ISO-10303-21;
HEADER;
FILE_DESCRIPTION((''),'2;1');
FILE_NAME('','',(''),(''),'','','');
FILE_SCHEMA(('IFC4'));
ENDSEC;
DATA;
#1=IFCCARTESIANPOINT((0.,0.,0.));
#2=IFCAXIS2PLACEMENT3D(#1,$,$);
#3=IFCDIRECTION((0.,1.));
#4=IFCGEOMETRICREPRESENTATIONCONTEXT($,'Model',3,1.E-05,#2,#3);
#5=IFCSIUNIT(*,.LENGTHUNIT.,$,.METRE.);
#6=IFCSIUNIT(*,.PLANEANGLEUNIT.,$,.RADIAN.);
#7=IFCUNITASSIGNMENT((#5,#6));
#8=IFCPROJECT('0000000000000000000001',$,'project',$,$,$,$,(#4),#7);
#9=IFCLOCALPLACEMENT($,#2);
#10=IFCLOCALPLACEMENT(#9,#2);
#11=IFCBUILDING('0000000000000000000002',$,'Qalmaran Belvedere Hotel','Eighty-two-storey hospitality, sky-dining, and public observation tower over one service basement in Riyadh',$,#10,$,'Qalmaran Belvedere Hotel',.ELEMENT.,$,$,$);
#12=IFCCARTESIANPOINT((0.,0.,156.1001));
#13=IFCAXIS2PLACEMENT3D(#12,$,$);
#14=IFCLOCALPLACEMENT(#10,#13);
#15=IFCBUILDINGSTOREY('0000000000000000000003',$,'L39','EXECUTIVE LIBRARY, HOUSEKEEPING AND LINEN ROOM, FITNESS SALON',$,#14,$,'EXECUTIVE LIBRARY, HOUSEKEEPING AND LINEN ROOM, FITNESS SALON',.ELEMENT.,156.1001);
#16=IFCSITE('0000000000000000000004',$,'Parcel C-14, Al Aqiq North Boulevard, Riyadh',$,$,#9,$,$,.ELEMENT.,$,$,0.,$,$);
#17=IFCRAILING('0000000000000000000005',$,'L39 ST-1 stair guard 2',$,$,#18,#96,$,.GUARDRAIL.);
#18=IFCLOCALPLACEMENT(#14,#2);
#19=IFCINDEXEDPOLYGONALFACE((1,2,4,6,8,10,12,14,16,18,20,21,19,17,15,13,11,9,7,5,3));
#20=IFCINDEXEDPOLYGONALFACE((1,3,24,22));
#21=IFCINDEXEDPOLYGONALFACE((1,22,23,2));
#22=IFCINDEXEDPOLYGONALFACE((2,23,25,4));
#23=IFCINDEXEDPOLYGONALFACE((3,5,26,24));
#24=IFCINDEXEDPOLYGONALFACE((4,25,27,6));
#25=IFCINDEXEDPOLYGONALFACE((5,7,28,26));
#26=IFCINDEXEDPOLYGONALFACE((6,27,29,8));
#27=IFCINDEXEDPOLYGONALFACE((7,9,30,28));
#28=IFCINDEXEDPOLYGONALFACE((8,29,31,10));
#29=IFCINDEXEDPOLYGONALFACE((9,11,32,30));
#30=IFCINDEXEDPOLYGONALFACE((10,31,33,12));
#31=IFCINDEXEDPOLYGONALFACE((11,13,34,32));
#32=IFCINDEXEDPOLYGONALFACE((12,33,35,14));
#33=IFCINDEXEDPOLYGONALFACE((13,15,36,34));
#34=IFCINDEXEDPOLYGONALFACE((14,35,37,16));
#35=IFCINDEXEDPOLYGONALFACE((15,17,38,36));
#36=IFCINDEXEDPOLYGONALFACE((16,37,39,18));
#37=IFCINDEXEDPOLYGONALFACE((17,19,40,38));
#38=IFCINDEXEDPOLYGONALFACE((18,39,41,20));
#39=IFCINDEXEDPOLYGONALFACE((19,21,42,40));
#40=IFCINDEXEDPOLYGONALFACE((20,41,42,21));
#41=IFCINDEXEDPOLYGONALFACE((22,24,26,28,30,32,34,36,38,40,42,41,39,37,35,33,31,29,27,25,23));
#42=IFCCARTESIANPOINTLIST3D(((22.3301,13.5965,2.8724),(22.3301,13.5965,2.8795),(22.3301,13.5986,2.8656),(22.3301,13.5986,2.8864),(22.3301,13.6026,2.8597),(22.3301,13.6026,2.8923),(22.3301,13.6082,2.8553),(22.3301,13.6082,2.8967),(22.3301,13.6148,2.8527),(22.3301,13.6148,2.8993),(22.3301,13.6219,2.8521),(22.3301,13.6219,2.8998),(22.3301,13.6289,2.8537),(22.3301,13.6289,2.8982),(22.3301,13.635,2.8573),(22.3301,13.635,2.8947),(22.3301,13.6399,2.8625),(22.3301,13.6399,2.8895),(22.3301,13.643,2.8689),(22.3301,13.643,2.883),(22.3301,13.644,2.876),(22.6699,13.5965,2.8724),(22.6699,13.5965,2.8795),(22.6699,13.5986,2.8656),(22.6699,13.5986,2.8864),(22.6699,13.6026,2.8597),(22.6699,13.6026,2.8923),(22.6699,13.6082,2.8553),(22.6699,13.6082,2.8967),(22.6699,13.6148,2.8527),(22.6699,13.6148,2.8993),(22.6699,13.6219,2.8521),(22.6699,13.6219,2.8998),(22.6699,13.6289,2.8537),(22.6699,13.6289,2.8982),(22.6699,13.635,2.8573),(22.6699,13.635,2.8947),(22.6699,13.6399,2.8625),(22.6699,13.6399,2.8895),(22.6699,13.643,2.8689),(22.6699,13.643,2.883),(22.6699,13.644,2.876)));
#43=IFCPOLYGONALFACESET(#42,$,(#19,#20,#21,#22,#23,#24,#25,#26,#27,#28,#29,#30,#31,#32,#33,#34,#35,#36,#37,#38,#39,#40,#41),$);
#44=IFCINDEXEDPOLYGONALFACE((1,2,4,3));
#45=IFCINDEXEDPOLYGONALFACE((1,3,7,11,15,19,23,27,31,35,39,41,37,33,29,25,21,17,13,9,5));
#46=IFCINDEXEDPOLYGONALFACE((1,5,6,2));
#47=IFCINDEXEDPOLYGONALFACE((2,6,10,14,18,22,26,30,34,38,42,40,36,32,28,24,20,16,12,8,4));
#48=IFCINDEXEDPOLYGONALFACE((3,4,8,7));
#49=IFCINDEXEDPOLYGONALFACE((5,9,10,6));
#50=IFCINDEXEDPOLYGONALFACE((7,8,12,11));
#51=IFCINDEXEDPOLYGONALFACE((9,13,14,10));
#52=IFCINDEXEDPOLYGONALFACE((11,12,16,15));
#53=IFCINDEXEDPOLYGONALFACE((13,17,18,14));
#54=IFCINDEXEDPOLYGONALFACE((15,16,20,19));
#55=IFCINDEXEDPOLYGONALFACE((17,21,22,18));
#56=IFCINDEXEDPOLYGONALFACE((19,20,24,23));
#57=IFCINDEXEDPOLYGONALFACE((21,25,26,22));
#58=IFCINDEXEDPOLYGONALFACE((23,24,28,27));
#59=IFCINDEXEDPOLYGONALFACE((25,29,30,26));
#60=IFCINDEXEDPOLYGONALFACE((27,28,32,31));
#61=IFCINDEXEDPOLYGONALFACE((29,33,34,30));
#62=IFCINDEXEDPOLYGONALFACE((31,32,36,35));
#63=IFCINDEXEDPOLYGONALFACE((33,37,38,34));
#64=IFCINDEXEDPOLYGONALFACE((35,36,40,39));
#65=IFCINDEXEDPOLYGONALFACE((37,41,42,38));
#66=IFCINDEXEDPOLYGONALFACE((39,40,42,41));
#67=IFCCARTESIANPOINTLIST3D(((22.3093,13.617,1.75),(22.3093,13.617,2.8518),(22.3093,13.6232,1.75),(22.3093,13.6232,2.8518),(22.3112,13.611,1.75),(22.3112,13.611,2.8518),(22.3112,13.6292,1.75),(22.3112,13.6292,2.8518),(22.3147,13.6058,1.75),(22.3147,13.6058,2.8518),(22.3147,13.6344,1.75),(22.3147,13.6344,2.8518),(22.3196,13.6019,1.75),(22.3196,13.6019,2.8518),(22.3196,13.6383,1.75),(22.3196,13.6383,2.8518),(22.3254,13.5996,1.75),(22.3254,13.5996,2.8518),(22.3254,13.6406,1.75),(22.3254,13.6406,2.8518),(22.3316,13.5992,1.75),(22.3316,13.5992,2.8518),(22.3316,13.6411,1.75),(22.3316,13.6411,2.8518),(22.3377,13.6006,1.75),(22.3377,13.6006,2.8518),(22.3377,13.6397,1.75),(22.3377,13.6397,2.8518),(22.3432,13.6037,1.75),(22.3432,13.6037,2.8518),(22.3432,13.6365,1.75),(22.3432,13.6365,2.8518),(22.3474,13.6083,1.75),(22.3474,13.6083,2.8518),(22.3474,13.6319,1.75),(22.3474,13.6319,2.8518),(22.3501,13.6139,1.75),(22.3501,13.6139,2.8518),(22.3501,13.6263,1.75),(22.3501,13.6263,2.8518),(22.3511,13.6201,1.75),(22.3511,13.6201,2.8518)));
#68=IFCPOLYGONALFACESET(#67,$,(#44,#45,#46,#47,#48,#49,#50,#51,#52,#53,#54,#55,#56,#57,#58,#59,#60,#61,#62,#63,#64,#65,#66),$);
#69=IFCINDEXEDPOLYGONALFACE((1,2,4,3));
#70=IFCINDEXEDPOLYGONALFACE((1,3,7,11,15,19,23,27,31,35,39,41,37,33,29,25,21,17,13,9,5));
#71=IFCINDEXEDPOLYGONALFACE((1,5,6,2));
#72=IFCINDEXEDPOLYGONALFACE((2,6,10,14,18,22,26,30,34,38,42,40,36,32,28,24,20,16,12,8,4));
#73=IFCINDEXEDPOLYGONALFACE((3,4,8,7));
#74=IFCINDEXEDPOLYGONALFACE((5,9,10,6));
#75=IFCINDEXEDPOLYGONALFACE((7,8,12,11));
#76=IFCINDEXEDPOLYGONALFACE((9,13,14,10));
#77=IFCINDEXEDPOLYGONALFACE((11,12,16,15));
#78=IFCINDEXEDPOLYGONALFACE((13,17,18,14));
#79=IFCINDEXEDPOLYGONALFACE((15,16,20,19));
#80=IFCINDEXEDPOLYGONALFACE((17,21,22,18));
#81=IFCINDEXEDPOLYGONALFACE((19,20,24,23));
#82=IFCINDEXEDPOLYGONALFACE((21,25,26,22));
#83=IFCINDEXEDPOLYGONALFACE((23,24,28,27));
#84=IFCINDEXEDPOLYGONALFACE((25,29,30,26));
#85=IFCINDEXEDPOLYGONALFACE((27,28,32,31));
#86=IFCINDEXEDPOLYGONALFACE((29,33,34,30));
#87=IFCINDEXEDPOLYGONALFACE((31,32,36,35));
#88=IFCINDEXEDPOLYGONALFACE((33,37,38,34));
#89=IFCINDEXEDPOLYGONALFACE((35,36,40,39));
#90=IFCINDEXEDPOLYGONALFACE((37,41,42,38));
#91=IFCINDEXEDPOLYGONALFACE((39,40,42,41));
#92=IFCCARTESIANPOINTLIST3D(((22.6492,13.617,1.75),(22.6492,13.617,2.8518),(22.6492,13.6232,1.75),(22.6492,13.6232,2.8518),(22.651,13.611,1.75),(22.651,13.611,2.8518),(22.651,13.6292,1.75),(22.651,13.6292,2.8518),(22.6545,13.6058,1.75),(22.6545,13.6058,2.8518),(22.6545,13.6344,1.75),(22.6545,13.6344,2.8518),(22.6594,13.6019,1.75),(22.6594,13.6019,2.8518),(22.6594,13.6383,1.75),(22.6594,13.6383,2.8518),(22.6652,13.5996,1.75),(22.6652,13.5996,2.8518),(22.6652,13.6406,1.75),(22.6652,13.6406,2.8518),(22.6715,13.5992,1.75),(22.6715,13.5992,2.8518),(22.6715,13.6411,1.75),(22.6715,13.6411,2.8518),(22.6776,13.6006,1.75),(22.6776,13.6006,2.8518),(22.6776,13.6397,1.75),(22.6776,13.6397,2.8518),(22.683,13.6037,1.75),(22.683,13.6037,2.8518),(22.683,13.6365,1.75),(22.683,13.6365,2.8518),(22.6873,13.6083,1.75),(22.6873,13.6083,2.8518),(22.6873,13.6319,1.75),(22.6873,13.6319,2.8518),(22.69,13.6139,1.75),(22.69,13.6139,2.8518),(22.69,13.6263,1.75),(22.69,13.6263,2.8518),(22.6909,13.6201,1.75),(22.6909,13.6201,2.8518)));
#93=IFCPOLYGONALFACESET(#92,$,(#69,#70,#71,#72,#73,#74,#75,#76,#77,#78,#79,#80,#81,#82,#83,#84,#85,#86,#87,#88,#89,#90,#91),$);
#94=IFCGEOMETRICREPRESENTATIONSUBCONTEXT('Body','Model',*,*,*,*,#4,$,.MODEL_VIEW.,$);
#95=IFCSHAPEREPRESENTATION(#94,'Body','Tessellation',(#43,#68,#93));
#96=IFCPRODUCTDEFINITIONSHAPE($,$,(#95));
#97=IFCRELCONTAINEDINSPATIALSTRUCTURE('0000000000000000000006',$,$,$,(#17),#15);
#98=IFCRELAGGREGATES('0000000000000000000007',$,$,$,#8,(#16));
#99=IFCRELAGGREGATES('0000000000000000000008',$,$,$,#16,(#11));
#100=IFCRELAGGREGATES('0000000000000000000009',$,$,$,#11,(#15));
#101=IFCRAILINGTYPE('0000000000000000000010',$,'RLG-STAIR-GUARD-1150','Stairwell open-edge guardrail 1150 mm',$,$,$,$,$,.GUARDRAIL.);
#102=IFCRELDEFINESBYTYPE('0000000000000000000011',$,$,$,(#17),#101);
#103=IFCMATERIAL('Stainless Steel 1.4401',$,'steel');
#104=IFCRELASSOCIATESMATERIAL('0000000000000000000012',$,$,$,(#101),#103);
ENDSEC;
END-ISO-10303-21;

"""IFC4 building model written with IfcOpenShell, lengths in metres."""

from ifc_helpers import new_model, si_unit, direction, frame, origin, origin_2d, place, context, subcontext, project, spatial, circle, extrude, material, type_object, element, save


model = new_model("IFC4")

# Units and contexts
model_context = context("Model", 3, precision=1e-05, world=origin(), true_north=direction((0.0, 1.0)))
body_context = subcontext(model_context, "Body", "Model", "MODEL_VIEW")
ifc_project = project(units=[si_unit("LENGTHUNIT", "METRE"), si_unit("PLANEANGLEUNIT", "RADIAN")], contexts=[model_context])

# Site, building, storey
site_placement = place(None, origin())
site = spatial("IfcSite", under=ifc_project, at=site_placement, Name="Parcel C-14, Al Aqiq North Boulevard, Riyadh", CompositionType="ELEMENT", RefElevation=0.0)
building_placement = place(site_placement, origin())
building = spatial("IfcBuilding", under=site, at=building_placement, Name="Qalmaran Belvedere Hotel", Description="Eighty-two-storey hospitality, sky-dining, and public observation tower over one service basement in Riyadh", LongName="Qalmaran Belvedere Hotel", CompositionType="ELEMENT")
storey_placement = place(building_placement, frame((0.0, 0.0, 156.1001)))
storey = spatial("IfcBuildingStorey", under=building, at=storey_placement, Name="L39", Description="EXECUTIVE LIBRARY, HOUSEKEEPING AND LINEN ROOM, FITNESS SALON", LongName="EXECUTIVE LIBRARY, HOUSEKEEPING AND LINEN ROOM, FITNESS SALON", CompositionType="ELEMENT", Elevation=156.1001)

# Shared definitions
ifc_material_1 = material(Name="Stainless Steel 1.4401", Category="steel")

# Railing
railing_type_1 = type_object("IfcRailingType", Name="RLG-STAIR-GUARD-1150", Description="Stairwell open-edge guardrail 1150 mm", PredefinedType="GUARDRAIL", material=ifc_material_1)
railing_1_placement = place(storey_placement, frame((22.3301, 13.6201, 1.75)))
element("IfcRailing", 1, at=railing_1_placement, inside=storey, type_object=railing_type_1, Name="L39 ST-1 stair guard 2", PredefinedType="GUARDRAIL", context=body_context, shape_type="SweptSolid", body=[
    extrude(circle(Radius=0.0239, at=origin_2d()), frame((0.0, 0.0, 1.126), z_axis=(1.0, 0.0, 0.0), x_axis=(0.0, 1.0, 0.0)), (0.0, 0.0, 1.0), 0.3398),
    extrude(circle(Radius=0.021, at=origin_2d()), origin(), (0.0, 0.0, 1.0), 1.1018),
    extrude(circle(Radius=0.021, at=origin_2d()), frame((0.3398, 0.0, 0.0)), (0.0, 0.0, 1.0), 1.1018),
])

save(model, "model.ifc")
